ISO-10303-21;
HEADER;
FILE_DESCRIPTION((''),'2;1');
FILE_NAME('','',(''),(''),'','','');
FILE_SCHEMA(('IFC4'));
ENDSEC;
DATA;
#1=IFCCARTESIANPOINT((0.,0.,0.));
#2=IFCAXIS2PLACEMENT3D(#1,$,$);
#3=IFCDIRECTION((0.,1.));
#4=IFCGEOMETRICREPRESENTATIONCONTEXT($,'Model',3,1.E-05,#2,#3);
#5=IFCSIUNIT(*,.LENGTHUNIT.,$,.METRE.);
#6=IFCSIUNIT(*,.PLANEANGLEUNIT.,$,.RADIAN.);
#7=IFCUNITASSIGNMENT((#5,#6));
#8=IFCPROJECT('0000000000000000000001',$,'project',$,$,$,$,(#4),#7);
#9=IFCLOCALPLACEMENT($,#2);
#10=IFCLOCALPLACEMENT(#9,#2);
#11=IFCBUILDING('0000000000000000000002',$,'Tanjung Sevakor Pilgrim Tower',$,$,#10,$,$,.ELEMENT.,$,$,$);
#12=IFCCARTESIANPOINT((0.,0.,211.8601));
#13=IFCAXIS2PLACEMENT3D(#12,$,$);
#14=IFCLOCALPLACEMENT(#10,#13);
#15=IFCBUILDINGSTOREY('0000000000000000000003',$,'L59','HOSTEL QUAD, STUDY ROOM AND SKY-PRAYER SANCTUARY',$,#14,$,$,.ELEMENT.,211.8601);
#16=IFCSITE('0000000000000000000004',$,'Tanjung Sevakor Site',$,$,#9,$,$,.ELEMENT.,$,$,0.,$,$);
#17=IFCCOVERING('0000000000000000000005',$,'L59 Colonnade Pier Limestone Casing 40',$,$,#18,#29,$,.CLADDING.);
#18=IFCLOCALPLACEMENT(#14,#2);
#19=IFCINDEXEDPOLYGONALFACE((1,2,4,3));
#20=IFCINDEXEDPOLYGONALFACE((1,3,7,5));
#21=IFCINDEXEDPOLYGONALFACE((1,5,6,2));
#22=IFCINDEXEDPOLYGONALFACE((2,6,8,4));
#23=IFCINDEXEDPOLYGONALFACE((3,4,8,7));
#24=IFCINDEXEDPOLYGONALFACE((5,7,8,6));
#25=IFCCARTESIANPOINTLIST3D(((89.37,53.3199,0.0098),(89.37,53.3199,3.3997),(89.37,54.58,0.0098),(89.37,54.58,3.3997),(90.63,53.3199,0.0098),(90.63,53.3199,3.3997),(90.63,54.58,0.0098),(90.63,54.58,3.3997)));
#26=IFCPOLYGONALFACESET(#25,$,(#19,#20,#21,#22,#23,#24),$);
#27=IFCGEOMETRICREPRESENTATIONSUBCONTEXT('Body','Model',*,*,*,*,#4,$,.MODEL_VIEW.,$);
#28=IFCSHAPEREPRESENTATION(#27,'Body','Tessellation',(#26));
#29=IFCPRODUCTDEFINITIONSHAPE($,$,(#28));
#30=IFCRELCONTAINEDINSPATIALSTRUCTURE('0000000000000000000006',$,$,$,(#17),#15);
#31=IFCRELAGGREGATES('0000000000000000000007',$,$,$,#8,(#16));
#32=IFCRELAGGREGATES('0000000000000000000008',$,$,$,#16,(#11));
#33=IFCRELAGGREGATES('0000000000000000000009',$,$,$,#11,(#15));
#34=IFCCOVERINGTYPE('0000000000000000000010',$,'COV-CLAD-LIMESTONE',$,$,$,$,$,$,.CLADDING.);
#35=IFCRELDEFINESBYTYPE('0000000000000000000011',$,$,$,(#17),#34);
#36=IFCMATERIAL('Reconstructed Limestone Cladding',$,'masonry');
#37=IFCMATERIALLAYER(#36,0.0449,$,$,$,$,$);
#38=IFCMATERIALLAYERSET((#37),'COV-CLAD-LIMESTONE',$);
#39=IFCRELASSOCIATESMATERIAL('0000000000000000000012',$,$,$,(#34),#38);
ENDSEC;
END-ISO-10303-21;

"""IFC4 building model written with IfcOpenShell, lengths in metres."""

from ifc_helpers import new_model, si_unit, direction, frame, origin, origin_2d, place, context, subcontext, project, spatial, rectangle, extrude, material, layer, layer_set, type_object, element, save


model = new_model("IFC4")

# Units and contexts
model_context = context("Model", 3, precision=1e-05, world=origin(), true_north=direction((0.0, 1.0)))
body_context = subcontext(model_context, "Body", "Model", "MODEL_VIEW")
ifc_project = project(units=[si_unit("LENGTHUNIT", "METRE"), si_unit("PLANEANGLEUNIT", "RADIAN")], contexts=[model_context])

# Site, building, storey
site_placement = place(None, origin())
site = spatial("IfcSite", under=ifc_project, at=site_placement, Name="Tanjung Sevakor Site", CompositionType="ELEMENT", RefElevation=0.0)
building_placement = place(site_placement, origin())
building = spatial("IfcBuilding", under=site, at=building_placement, Name="Tanjung Sevakor Pilgrim Tower", CompositionType="ELEMENT")
storey_placement = place(building_placement, frame((0.0, 0.0, 211.8601)))
storey = spatial("IfcBuildingStorey", under=building, at=storey_placement, Name="L59", Description="HOSTEL QUAD, STUDY ROOM AND SKY-PRAYER SANCTUARY", CompositionType="ELEMENT", Elevation=211.8601)

# Covering
ifc_material_1 = material(Name="Reconstructed Limestone Cladding", Category="masonry")
ifc_layer_1 = layer(ifc_material_1, 0.0449)
ifc_layer_set_1 = layer_set([ifc_layer_1], Name="COV-CLAD-LIMESTONE")
covering_type = type_object("IfcCoveringType", Name="COV-CLAD-LIMESTONE", PredefinedType="CLADDING", material=ifc_layer_set_1)
for number, where, z_axis, x_axis, name in (
    (1, (90.0, 53.95, 0.0098), (0.0, 0.0, 1.0), (1.0, 0.0, 0.0), "L59 Colonnade Pier Limestone Casing 40"),
):
    element("IfcCovering", number, at=place(storey_placement, frame(where, z_axis=z_axis, x_axis=x_axis)), inside=storey, type_object=covering_type, Name=name, PredefinedType="CLADDING", context=body_context, shape_type="SweptSolid", body=[
        extrude(rectangle(XDim=1.26, YDim=1.26, at=origin_2d()), origin(), (0.0, 0.0, 1.0), 3.3899),
    ])

save(model, "model.ifc")
